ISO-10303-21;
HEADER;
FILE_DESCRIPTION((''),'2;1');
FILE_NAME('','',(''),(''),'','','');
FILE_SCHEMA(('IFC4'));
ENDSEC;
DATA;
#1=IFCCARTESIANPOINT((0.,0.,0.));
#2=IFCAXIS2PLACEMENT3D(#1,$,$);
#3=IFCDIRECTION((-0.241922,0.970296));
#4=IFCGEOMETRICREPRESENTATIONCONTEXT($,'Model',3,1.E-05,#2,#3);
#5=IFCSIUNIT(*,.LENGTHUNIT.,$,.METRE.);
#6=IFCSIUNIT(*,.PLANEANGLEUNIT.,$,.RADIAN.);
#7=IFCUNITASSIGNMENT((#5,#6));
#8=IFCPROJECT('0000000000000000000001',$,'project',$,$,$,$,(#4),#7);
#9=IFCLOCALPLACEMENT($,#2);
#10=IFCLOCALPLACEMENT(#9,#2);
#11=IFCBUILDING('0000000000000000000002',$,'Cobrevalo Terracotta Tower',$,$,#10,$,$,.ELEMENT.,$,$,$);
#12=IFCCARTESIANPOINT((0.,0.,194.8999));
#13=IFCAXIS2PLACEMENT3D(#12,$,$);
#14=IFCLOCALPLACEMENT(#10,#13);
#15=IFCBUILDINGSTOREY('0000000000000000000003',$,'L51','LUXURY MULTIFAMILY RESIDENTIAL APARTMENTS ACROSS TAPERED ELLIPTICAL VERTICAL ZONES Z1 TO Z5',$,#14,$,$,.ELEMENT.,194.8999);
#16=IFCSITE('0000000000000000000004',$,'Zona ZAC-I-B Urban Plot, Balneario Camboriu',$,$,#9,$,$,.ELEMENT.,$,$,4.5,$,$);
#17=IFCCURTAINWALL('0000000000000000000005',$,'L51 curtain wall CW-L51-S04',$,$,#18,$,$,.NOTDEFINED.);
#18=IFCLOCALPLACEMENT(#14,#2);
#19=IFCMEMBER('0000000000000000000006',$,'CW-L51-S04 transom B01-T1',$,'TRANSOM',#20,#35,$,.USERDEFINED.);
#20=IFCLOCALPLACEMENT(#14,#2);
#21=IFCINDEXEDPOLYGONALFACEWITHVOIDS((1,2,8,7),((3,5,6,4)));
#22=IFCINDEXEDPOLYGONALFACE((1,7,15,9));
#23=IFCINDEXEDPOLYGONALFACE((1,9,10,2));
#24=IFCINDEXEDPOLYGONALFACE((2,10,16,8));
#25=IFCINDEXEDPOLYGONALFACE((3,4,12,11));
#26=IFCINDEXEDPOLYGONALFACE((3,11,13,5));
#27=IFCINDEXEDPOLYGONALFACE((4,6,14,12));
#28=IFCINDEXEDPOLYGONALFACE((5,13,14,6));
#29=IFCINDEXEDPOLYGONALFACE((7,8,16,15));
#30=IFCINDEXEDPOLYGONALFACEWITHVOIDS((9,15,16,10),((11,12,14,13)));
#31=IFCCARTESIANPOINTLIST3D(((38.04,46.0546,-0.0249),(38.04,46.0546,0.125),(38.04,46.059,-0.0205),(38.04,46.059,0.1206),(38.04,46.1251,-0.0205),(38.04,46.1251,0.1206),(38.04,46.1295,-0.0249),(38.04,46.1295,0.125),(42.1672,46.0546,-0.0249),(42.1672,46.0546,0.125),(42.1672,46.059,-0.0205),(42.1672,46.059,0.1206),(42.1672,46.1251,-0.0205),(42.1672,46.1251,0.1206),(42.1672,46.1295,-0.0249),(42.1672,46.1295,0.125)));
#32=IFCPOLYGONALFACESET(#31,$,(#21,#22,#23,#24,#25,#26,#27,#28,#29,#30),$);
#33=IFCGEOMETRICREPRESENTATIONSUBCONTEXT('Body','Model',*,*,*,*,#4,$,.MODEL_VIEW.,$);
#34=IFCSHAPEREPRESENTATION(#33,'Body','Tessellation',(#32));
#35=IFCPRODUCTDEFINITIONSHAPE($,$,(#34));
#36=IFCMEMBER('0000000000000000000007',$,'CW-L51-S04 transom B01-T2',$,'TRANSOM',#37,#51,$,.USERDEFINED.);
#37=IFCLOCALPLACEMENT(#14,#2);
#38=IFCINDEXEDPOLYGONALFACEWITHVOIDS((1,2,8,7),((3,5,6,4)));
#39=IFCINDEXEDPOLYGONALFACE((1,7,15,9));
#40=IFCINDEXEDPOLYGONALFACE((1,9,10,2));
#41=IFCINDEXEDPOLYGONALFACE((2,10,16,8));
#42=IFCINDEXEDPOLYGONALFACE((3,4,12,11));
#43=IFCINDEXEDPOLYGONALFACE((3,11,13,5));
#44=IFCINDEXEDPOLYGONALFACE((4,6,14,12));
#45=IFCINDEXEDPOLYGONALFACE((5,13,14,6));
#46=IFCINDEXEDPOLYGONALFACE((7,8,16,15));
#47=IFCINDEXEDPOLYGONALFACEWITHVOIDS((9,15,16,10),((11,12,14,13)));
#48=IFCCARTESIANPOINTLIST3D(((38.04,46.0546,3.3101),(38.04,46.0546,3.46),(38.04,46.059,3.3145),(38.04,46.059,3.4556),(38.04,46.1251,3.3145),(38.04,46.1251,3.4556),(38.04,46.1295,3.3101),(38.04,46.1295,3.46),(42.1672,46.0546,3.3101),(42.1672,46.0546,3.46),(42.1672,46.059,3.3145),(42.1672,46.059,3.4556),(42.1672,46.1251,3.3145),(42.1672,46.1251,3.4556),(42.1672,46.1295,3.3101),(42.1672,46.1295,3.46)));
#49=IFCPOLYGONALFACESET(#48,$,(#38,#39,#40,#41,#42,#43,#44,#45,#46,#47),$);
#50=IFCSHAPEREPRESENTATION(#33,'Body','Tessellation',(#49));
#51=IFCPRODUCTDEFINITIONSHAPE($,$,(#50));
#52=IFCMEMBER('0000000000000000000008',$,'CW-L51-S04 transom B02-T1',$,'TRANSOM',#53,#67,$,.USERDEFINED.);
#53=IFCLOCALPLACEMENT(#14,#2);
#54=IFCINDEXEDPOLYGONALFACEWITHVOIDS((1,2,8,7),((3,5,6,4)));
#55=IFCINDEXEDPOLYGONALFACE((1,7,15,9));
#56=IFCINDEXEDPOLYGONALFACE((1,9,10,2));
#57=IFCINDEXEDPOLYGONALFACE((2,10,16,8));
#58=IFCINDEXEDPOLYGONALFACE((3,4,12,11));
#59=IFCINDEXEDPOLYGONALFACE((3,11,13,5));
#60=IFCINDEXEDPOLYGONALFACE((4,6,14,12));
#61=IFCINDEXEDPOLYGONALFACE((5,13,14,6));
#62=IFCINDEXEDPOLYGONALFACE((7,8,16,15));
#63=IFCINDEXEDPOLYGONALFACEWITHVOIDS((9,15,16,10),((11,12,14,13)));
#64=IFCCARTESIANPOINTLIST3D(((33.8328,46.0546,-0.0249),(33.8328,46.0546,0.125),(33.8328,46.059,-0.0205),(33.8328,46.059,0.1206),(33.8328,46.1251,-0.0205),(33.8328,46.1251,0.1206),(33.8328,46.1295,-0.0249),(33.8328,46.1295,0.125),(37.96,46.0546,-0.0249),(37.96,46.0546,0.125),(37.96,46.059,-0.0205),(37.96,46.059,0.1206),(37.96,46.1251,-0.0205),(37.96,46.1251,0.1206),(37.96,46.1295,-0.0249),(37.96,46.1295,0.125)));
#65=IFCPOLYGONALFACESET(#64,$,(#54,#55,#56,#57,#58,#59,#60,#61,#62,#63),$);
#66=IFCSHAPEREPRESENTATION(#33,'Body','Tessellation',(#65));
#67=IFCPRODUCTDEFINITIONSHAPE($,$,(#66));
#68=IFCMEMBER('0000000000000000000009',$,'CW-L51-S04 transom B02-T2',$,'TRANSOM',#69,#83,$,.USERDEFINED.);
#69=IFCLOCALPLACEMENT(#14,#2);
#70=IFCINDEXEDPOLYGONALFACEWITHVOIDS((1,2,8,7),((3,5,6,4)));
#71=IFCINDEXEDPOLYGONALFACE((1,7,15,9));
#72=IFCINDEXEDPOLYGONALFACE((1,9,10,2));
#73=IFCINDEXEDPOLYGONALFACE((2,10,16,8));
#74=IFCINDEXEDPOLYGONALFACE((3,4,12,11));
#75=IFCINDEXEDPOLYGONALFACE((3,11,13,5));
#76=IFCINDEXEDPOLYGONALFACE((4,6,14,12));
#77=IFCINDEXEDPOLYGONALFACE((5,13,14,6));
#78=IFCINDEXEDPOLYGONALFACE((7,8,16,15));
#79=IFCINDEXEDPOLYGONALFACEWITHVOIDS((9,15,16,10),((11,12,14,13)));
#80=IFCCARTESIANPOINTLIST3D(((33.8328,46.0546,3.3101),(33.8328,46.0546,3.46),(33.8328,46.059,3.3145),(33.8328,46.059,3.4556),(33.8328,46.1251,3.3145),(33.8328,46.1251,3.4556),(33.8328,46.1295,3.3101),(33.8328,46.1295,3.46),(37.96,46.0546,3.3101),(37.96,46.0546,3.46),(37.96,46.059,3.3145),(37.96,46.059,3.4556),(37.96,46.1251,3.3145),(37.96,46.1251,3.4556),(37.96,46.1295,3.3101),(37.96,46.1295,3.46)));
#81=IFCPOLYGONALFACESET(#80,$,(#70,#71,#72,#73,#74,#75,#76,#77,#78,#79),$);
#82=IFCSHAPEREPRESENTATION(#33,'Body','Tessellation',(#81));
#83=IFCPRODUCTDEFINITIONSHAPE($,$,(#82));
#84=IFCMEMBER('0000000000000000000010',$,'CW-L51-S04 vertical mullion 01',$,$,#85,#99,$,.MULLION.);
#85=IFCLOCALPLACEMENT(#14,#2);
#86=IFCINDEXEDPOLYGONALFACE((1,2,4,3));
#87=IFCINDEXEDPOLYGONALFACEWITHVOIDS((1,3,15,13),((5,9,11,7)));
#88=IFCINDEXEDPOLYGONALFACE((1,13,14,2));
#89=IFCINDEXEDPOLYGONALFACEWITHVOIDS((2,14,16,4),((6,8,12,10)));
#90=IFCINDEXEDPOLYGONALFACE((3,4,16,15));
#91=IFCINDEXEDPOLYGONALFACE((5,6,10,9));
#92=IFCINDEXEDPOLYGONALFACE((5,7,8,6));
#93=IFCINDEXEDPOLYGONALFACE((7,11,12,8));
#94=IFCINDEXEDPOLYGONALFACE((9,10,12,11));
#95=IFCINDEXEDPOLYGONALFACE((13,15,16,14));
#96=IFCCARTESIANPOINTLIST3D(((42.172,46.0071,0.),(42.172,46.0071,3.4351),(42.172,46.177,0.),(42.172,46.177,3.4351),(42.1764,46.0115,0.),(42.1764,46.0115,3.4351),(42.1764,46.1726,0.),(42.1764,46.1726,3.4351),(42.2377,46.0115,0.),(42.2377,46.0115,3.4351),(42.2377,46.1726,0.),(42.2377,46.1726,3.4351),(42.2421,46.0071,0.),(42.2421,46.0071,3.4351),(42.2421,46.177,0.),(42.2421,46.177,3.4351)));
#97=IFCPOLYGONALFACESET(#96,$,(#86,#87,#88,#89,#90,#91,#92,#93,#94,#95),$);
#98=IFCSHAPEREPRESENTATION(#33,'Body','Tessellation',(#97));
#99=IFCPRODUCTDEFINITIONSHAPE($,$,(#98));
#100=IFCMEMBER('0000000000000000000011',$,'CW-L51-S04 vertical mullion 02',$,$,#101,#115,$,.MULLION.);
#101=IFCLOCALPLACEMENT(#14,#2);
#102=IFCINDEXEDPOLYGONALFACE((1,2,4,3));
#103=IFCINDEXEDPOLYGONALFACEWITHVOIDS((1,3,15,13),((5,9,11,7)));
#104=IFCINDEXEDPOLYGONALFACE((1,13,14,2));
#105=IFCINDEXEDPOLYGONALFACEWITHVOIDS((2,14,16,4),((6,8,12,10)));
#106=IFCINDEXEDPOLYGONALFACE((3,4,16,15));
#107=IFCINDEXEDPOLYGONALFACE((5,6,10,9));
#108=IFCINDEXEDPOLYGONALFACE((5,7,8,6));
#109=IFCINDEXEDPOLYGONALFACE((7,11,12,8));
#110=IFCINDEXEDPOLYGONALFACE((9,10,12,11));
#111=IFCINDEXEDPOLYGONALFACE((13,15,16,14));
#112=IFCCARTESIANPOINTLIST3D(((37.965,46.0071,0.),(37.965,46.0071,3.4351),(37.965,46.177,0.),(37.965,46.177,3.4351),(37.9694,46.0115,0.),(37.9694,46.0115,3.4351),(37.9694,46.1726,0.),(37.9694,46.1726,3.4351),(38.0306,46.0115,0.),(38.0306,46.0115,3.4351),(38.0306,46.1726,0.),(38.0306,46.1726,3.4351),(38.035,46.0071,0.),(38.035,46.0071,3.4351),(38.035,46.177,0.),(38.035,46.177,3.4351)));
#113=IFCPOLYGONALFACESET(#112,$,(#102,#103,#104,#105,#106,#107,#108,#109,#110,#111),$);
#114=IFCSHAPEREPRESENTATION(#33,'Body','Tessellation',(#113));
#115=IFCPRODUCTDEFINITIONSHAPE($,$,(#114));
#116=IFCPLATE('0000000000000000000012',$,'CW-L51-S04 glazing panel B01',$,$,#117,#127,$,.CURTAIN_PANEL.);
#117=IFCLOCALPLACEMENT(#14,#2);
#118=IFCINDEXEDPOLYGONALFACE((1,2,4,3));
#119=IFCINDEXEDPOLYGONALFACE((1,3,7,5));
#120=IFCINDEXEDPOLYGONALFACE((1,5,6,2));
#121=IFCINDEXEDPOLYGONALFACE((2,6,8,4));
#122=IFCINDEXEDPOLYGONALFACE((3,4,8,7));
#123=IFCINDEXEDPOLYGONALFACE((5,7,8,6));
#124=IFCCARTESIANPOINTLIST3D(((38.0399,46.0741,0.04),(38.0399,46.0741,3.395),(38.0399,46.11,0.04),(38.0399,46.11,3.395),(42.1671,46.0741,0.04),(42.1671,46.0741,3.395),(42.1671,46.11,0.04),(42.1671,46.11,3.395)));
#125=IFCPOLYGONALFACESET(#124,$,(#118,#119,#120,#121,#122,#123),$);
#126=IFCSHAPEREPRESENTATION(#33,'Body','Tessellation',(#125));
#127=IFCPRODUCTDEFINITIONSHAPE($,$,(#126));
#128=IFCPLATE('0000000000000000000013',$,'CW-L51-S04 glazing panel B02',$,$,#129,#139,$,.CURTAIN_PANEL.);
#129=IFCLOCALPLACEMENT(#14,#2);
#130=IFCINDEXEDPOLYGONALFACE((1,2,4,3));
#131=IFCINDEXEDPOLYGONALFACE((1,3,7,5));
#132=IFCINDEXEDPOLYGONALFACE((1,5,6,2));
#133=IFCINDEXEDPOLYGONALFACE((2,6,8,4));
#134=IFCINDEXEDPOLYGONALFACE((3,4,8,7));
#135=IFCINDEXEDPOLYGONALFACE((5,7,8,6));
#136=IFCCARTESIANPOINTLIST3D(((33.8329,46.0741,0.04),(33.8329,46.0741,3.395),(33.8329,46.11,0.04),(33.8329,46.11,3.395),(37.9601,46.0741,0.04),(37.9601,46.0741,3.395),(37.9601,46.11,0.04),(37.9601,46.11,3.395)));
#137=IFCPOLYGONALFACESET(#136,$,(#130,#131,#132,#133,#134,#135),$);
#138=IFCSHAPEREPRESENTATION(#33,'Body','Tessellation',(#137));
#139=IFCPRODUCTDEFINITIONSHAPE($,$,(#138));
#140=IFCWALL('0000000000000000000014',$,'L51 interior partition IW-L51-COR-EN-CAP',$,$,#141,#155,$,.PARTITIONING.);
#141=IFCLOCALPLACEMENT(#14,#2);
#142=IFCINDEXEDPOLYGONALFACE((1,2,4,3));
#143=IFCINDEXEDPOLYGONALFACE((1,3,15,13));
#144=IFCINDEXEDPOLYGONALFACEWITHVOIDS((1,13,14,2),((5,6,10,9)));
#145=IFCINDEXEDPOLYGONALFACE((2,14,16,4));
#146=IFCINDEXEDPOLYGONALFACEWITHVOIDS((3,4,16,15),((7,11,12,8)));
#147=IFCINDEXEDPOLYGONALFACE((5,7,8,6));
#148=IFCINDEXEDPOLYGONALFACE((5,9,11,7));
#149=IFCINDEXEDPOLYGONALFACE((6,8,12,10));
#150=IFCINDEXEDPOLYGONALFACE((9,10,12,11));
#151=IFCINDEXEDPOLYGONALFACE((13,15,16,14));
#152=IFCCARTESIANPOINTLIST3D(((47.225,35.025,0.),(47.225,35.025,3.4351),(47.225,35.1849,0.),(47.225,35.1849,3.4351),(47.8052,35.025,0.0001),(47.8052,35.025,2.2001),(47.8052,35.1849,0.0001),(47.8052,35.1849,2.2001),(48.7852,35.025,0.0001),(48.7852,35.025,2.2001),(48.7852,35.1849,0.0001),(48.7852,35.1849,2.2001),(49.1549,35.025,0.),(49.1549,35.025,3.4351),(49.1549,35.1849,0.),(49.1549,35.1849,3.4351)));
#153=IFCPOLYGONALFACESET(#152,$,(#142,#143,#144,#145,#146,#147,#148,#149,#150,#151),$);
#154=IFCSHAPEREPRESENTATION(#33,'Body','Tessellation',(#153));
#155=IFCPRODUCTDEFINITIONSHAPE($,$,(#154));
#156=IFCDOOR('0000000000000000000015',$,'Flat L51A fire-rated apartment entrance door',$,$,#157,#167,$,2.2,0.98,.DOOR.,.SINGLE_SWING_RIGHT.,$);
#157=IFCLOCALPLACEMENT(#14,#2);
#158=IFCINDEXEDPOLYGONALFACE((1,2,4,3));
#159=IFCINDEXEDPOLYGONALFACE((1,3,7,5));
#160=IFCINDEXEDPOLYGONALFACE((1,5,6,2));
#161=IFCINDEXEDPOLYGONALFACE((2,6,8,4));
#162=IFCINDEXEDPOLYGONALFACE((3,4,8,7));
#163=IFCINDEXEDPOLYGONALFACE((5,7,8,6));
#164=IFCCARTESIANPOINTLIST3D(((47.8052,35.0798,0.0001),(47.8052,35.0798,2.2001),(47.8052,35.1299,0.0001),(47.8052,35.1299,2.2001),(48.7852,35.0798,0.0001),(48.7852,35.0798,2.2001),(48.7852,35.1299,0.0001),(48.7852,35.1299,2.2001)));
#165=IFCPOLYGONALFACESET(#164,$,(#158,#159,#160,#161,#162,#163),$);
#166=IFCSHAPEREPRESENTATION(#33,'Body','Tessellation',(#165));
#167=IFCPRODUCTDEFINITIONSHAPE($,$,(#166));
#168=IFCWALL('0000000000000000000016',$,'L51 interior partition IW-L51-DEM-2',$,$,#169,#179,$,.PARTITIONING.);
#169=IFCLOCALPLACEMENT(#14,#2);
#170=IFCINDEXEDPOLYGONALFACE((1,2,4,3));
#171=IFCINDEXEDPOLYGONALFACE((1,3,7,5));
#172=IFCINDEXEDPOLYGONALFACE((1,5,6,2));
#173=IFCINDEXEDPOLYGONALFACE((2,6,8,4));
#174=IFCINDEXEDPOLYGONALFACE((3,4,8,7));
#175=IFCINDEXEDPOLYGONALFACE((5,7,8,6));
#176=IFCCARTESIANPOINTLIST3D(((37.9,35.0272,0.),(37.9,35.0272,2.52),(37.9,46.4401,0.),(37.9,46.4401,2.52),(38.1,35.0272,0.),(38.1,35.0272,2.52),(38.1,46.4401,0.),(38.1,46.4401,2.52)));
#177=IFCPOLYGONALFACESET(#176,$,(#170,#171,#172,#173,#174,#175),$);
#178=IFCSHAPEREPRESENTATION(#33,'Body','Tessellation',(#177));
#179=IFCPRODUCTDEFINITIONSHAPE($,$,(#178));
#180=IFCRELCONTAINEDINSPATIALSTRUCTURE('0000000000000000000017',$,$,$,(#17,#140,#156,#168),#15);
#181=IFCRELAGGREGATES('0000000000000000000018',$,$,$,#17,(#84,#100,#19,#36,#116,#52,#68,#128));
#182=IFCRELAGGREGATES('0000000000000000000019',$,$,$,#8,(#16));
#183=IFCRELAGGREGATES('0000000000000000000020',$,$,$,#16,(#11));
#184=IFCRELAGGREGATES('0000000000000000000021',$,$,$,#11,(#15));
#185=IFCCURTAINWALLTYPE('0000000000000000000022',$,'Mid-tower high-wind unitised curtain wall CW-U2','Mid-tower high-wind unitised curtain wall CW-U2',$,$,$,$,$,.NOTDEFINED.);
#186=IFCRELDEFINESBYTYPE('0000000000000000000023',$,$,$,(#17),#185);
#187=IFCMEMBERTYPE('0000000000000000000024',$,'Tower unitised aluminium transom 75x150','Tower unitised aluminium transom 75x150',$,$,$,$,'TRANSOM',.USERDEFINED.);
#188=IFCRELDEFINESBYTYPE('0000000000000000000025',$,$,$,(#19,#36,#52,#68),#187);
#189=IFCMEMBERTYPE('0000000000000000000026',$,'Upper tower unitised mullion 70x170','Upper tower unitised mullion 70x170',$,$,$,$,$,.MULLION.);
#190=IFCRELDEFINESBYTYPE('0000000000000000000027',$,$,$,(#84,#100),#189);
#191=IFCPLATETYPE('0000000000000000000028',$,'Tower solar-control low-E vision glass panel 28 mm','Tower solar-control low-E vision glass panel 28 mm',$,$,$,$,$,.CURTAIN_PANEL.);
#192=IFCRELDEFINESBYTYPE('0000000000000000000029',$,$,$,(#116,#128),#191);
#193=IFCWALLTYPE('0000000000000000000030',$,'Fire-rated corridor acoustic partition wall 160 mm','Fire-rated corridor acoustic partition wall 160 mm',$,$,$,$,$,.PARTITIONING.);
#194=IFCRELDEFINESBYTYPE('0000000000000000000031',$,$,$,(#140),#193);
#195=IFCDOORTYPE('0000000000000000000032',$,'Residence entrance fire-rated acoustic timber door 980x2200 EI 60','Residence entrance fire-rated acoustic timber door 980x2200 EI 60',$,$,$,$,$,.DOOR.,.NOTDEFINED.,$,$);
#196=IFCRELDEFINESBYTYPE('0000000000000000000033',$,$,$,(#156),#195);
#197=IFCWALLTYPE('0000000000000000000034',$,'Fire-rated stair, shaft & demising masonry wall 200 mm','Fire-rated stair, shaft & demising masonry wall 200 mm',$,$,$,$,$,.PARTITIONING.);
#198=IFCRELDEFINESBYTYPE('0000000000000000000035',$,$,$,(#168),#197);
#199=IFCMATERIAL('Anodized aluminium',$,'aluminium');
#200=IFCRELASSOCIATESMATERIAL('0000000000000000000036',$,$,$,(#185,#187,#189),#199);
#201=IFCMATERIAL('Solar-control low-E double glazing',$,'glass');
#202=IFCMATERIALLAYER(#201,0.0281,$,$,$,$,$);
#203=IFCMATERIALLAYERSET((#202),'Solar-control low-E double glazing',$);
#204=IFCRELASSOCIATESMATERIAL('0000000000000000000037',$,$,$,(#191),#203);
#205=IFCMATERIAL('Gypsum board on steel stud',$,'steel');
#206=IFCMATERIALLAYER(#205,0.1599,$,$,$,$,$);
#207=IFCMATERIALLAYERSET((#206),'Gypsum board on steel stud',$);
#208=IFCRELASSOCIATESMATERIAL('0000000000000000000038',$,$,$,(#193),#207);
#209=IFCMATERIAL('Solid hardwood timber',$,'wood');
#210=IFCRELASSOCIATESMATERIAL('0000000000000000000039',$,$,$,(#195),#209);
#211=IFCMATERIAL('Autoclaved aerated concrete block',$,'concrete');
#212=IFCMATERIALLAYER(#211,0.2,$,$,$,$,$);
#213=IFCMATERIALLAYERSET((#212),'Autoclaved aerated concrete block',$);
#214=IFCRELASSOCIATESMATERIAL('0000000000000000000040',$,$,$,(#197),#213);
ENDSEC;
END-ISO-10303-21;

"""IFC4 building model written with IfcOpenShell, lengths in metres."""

from ifc_helpers import new_model, si_unit, direction, frame, frame_2d, origin, origin_2d, place, context, subcontext, project, spatial, rectangle, hollow_rectangle, extrude, source, transform, mapped, material, layer, layer_set, material_profile, profile_set, type_object, element, fill, aggregate, save


model = new_model("IFC4")

# Units and contexts
model_context = context("Model", 3, precision=1e-05, world=origin(), true_north=direction((-0.241922, 0.970296)))
body_context = subcontext(model_context, "Body", "Model", "MODEL_VIEW")
ifc_project = project(units=[si_unit("LENGTHUNIT", "METRE"), si_unit("PLANEANGLEUNIT", "RADIAN")], contexts=[model_context])

# Site, building, storey
site_placement = place(None, origin())
site = spatial("IfcSite", under=ifc_project, at=site_placement, Name="Zona ZAC-I-B Urban Plot, Balneario Camboriu", CompositionType="ELEMENT", RefElevation=4.5)
building_placement = place(site_placement, origin())
building = spatial("IfcBuilding", under=site, at=building_placement, Name="Cobrevalo Terracotta Tower", CompositionType="ELEMENT")
storey_placement = place(building_placement, frame((0.0, 0.0, 194.8999)))
storey = spatial("IfcBuildingStorey", under=building, at=storey_placement, Name="L51", Description="LUXURY MULTIFAMILY RESIDENTIAL APARTMENTS ACROSS TAPERED ELLIPTICAL VERTICAL ZONES Z1 TO Z5", CompositionType="ELEMENT", Elevation=194.8999)

# Curtain wall, members, plates
ifc_material_1 = material(Name="Anodized aluminium", Category="aluminium")
curtain_wall_type = type_object("IfcCurtainWallType", Name="Mid-tower high-wind unitised curtain wall CW-U2", Description="Mid-tower high-wind unitised curtain wall CW-U2", PredefinedType="NOTDEFINED", material=ifc_material_1)
curtain_wall_placement = place(storey_placement, origin())
curtain_wall = element("IfcCurtainWall", 1, at=curtain_wall_placement, inside=storey, type_object=curtain_wall_type, Name="L51 curtain wall CW-L51-S04", PredefinedType="NOTDEFINED")
ifc_material_profile_1 = material_profile(ifc_material_1, hollow_rectangle(XDim=0.075, YDim=0.1499, WallThickness=0.0044, at=origin_2d()), Name="CWT 75x150")
ifc_profile_set_1 = profile_set([ifc_material_profile_1], Name="Anodized aluminium")
member_type_1 = type_object("IfcMemberType", Name="Tower unitised aluminium transom 75x150", Description="Tower unitised aluminium transom 75x150", ElementType="TRANSOM", PredefinedType="USERDEFINED", material=ifc_profile_set_1)
shared_shape_1 = source(origin(), body_context, "Body", "SweptSolid", [
    extrude(hollow_rectangle(XDim=0.075, YDim=0.1499, WallThickness=0.0044, at=origin_2d()), origin(), (0.0, 0.0, 1.0), 4.1272),
])
member_1_placement = place(storey_placement, frame((42.1672, 46.092, 0.05), z_axis=(-1.0, 0.0, 0.0), x_axis=(0.0, -1.0, 0.0)))
member_1 = element("IfcMember", 2, at=member_1_placement, type_object=member_type_1, Name="CW-L51-S04 transom B01-T1", ObjectType="TRANSOM", PredefinedType="USERDEFINED", context=body_context, shape_type="MappedRepresentation", body=[
    mapped(shared_shape_1, transform((0.0, 0.0, 0.0), scale=1.0)),
])
member_2_placement = place(storey_placement, frame((42.1672, 46.092, 3.385), z_axis=(-1.0, 0.0, 0.0), x_axis=(0.0, -1.0, 0.0)))
member_2 = element("IfcMember", 3, at=member_2_placement, type_object=member_type_1, Name="CW-L51-S04 transom B01-T2", ObjectType="TRANSOM", PredefinedType="USERDEFINED", context=body_context, shape_type="MappedRepresentation", body=[
    mapped(shared_shape_1, transform((0.0, 0.0, 0.0), scale=1.0)),
])
member_3_placement = place(storey_placement, frame((37.96, 46.092, 0.05), z_axis=(-1.0, 0.0, 0.0), x_axis=(0.0, -1.0, 0.0)))
member_3 = element("IfcMember", 4, at=member_3_placement, type_object=member_type_1, Name="CW-L51-S04 transom B02-T1", ObjectType="TRANSOM", PredefinedType="USERDEFINED", context=body_context, shape_type="MappedRepresentation", body=[
    mapped(shared_shape_1, transform((0.0, 0.0, 0.0), scale=1.0)),
])
member_4_placement = place(storey_placement, frame((37.96, 46.092, 3.385), z_axis=(-1.0, 0.0, 0.0), x_axis=(0.0, -1.0, 0.0)))
member_4 = element("IfcMember", 5, at=member_4_placement, type_object=member_type_1, Name="CW-L51-S04 transom B02-T2", ObjectType="TRANSOM", PredefinedType="USERDEFINED", context=body_context, shape_type="MappedRepresentation", body=[
    mapped(shared_shape_1, transform((0.0, 0.0, 0.0), scale=1.0)),
])
ifc_material_profile_2 = material_profile(ifc_material_1, hollow_rectangle(XDim=0.0701, YDim=0.1699, WallThickness=0.0044, at=origin_2d()), Name="CWM 70x170")
ifc_profile_set_2 = profile_set([ifc_material_profile_2], Name="Anodized aluminium")
member_type_2 = type_object("IfcMemberType", Name="Upper tower unitised mullion 70x170", Description="Upper tower unitised mullion 70x170", PredefinedType="MULLION", material=ifc_profile_set_2)
shared_shape_2 = source(origin(), body_context, "Body", "SweptSolid", [
    extrude(hollow_rectangle(XDim=0.0701, YDim=0.1699, WallThickness=0.0044, at=origin_2d()), origin(), (0.0, 0.0, 1.0), 3.4351),
])
member_5_placement = place(storey_placement, frame((42.207, 46.092, 0.0), z_axis=(0.0, 0.0, 1.0), x_axis=(-1.0, 0.0, 0.0)))
member_5 = element("IfcMember", 6, at=member_5_placement, type_object=member_type_2, Name="CW-L51-S04 vertical mullion 01", PredefinedType="MULLION", context=body_context, shape_type="MappedRepresentation", body=[
    mapped(shared_shape_2, transform((0.0, 0.0, 0.0), scale=1.0)),
])
member_6_placement = place(storey_placement, frame((38.0, 46.092, 0.0), z_axis=(0.0, 0.0, 1.0), x_axis=(-1.0, 0.0, 0.0)))
member_6 = element("IfcMember", 7, at=member_6_placement, type_object=member_type_2, Name="CW-L51-S04 vertical mullion 02", PredefinedType="MULLION", context=body_context, shape_type="MappedRepresentation", body=[
    mapped(shared_shape_2, transform((0.0, 0.0, 0.0), scale=1.0)),
])
ifc_material_2 = material(Name="Solar-control low-E double glazing", Category="glass")
ifc_layer_1 = layer(ifc_material_2, 0.0281)
ifc_layer_set_1 = layer_set([ifc_layer_1], Name="Solar-control low-E double glazing")
plate_type = type_object("IfcPlateType", Name="Tower solar-control low-E vision glass panel 28 mm", Description="Tower solar-control low-E vision glass panel 28 mm", PredefinedType="CURTAIN_PANEL", material=ifc_layer_set_1)
shared_shape_3 = source(origin(), body_context, "Body", "SweptSolid", [
    extrude(rectangle(XDim=4.1272, YDim=0.0359, at=origin_2d()), origin(), (0.0, 0.0, 1.0), 3.355),
])
plate_1_placement = place(storey_placement, frame((40.1035, 46.092, 0.04), z_axis=(0.0, 0.0, 1.0), x_axis=(-1.0, 0.0, 0.0)))
plate_1 = element("IfcPlate", 8, at=plate_1_placement, type_object=plate_type, Name="CW-L51-S04 glazing panel B01", PredefinedType="CURTAIN_PANEL", context=body_context, shape_type="MappedRepresentation", body=[
    mapped(shared_shape_3, transform((0.0, 0.0, 0.0), scale=1.0)),
])
plate_2_placement = place(storey_placement, frame((35.8965, 46.092, 0.04), z_axis=(0.0, 0.0, 1.0), x_axis=(-1.0, 0.0, 0.0)))
plate_2 = element("IfcPlate", 9, at=plate_2_placement, type_object=plate_type, Name="CW-L51-S04 glazing panel B02", PredefinedType="CURTAIN_PANEL", context=body_context, shape_type="MappedRepresentation", body=[
    mapped(shared_shape_3, transform((0.0, 0.0, 0.0), scale=1.0)),
])
aggregate(curtain_wall, [member_5, member_6, member_1, member_2, plate_1, member_3, member_4, plate_2])

# Wall, opening, door
ifc_material_3 = material(Name="Gypsum board on steel stud", Category="steel")
ifc_layer_2 = layer(ifc_material_3, 0.1599)
ifc_layer_set_2 = layer_set([ifc_layer_2], Name="Gypsum board on steel stud")
wall_type_1 = type_object("IfcWallType", Name="Fire-rated corridor acoustic partition wall 160 mm", Description="Fire-rated corridor acoustic partition wall 160 mm", PredefinedType="PARTITIONING", material=ifc_layer_set_2)
wall_1_placement = place(storey_placement, frame((47.2251, 35.105, 0.0), z_axis=(0.0, 0.0, 1.0), x_axis=(1.0, 0.0, 0.0)))
wall_1 = element("IfcWall", 10, at=wall_1_placement, inside=storey, type_object=wall_type_1, Name="L51 interior partition IW-L51-COR-EN-CAP", PredefinedType="PARTITIONING", context=body_context, shape_type="SweptSolid", body=[
    extrude(rectangle(XDim=1.9299, YDim=0.1599, at=frame_2d((0.9648, 0.0))), origin(), (0.0, 0.0, 1.0), 3.4351),
])
opening_1_placement = place(wall_1_placement, frame((0.5801, 0.0, 0.0)))
opening_1 = element("IfcOpeningElement", 11, at=opening_1_placement, cuts=wall_1, PredefinedType="OPENING", context=body_context, shape_type="SweptSolid", body=[
    extrude(rectangle(XDim=0.98, YDim=2.2, at=frame_2d((0.49, 1.1001))), frame((0.0, 0.0898, 0.0), z_axis=(0.0, -1.0, 0.0), x_axis=(1.0, 0.0, 0.0)), (0.0, 0.0, 1.0), 0.1799),
])
ifc_material_4 = material(Name="Solid hardwood timber", Category="wood")
door_type_1 = type_object("IfcDoorType", Name="Residence entrance fire-rated acoustic timber door 980x2200 EI 60", Description="Residence entrance fire-rated acoustic timber door 980x2200 EI 60", OperationType="NOTDEFINED", PredefinedType="DOOR", material=ifc_material_4)
shared_shape_4 = source(origin(), body_context, "Body", "SweptSolid", [
    extrude(rectangle(XDim=0.98, YDim=2.2, at=frame_2d((0.49, 1.1001))), frame((0.0, 0.0249, 0.0), z_axis=(0.0, -1.0, 0.0), x_axis=(1.0, 0.0, 0.0)), (0.0, 0.0, 1.0), 0.05),
])
door_1_placement = place(opening_1_placement, origin())
door_1 = element("IfcDoor", 12, at=door_1_placement, inside=storey, type_object=door_type_1, Name="Flat L51A fire-rated apartment entrance door", OperationType="SINGLE_SWING_RIGHT", OverallHeight=2.2, OverallWidth=0.98, PredefinedType="DOOR", context=body_context, shape_type="MappedRepresentation", body=[
    mapped(shared_shape_4, transform((0.0, 0.0, 0.0), scale=1.0)),
])
fill(opening_1, door_1)

# Wall
ifc_material_5 = material(Name="Autoclaved aerated concrete block", Category="concrete")
ifc_layer_3 = layer(ifc_material_5, 0.2)
ifc_layer_set_3 = layer_set([ifc_layer_3], Name="Autoclaved aerated concrete block")
wall_type_2 = type_object("IfcWallType", Name="Fire-rated stair, shaft & demising masonry wall 200 mm", Description="Fire-rated stair, shaft & demising masonry wall 200 mm", PredefinedType="PARTITIONING", material=ifc_layer_set_3)
wall_2_placement = place(storey_placement, frame((38.0, 35.0271, 0.0), z_axis=(0.0, 0.0, 1.0), x_axis=(0.0, 1.0, 0.0)))
element("IfcWall", 13, at=wall_2_placement, inside=storey, type_object=wall_type_2, Name="L51 interior partition IW-L51-DEM-2", PredefinedType="PARTITIONING", context=body_context, shape_type="SweptSolid", body=[
    extrude(rectangle(XDim=11.4128, YDim=0.2, at=frame_2d((5.7065, 0.0))), origin(), (0.0, 0.0, 1.0), 2.52),
])

save(model, "model.ifc")
